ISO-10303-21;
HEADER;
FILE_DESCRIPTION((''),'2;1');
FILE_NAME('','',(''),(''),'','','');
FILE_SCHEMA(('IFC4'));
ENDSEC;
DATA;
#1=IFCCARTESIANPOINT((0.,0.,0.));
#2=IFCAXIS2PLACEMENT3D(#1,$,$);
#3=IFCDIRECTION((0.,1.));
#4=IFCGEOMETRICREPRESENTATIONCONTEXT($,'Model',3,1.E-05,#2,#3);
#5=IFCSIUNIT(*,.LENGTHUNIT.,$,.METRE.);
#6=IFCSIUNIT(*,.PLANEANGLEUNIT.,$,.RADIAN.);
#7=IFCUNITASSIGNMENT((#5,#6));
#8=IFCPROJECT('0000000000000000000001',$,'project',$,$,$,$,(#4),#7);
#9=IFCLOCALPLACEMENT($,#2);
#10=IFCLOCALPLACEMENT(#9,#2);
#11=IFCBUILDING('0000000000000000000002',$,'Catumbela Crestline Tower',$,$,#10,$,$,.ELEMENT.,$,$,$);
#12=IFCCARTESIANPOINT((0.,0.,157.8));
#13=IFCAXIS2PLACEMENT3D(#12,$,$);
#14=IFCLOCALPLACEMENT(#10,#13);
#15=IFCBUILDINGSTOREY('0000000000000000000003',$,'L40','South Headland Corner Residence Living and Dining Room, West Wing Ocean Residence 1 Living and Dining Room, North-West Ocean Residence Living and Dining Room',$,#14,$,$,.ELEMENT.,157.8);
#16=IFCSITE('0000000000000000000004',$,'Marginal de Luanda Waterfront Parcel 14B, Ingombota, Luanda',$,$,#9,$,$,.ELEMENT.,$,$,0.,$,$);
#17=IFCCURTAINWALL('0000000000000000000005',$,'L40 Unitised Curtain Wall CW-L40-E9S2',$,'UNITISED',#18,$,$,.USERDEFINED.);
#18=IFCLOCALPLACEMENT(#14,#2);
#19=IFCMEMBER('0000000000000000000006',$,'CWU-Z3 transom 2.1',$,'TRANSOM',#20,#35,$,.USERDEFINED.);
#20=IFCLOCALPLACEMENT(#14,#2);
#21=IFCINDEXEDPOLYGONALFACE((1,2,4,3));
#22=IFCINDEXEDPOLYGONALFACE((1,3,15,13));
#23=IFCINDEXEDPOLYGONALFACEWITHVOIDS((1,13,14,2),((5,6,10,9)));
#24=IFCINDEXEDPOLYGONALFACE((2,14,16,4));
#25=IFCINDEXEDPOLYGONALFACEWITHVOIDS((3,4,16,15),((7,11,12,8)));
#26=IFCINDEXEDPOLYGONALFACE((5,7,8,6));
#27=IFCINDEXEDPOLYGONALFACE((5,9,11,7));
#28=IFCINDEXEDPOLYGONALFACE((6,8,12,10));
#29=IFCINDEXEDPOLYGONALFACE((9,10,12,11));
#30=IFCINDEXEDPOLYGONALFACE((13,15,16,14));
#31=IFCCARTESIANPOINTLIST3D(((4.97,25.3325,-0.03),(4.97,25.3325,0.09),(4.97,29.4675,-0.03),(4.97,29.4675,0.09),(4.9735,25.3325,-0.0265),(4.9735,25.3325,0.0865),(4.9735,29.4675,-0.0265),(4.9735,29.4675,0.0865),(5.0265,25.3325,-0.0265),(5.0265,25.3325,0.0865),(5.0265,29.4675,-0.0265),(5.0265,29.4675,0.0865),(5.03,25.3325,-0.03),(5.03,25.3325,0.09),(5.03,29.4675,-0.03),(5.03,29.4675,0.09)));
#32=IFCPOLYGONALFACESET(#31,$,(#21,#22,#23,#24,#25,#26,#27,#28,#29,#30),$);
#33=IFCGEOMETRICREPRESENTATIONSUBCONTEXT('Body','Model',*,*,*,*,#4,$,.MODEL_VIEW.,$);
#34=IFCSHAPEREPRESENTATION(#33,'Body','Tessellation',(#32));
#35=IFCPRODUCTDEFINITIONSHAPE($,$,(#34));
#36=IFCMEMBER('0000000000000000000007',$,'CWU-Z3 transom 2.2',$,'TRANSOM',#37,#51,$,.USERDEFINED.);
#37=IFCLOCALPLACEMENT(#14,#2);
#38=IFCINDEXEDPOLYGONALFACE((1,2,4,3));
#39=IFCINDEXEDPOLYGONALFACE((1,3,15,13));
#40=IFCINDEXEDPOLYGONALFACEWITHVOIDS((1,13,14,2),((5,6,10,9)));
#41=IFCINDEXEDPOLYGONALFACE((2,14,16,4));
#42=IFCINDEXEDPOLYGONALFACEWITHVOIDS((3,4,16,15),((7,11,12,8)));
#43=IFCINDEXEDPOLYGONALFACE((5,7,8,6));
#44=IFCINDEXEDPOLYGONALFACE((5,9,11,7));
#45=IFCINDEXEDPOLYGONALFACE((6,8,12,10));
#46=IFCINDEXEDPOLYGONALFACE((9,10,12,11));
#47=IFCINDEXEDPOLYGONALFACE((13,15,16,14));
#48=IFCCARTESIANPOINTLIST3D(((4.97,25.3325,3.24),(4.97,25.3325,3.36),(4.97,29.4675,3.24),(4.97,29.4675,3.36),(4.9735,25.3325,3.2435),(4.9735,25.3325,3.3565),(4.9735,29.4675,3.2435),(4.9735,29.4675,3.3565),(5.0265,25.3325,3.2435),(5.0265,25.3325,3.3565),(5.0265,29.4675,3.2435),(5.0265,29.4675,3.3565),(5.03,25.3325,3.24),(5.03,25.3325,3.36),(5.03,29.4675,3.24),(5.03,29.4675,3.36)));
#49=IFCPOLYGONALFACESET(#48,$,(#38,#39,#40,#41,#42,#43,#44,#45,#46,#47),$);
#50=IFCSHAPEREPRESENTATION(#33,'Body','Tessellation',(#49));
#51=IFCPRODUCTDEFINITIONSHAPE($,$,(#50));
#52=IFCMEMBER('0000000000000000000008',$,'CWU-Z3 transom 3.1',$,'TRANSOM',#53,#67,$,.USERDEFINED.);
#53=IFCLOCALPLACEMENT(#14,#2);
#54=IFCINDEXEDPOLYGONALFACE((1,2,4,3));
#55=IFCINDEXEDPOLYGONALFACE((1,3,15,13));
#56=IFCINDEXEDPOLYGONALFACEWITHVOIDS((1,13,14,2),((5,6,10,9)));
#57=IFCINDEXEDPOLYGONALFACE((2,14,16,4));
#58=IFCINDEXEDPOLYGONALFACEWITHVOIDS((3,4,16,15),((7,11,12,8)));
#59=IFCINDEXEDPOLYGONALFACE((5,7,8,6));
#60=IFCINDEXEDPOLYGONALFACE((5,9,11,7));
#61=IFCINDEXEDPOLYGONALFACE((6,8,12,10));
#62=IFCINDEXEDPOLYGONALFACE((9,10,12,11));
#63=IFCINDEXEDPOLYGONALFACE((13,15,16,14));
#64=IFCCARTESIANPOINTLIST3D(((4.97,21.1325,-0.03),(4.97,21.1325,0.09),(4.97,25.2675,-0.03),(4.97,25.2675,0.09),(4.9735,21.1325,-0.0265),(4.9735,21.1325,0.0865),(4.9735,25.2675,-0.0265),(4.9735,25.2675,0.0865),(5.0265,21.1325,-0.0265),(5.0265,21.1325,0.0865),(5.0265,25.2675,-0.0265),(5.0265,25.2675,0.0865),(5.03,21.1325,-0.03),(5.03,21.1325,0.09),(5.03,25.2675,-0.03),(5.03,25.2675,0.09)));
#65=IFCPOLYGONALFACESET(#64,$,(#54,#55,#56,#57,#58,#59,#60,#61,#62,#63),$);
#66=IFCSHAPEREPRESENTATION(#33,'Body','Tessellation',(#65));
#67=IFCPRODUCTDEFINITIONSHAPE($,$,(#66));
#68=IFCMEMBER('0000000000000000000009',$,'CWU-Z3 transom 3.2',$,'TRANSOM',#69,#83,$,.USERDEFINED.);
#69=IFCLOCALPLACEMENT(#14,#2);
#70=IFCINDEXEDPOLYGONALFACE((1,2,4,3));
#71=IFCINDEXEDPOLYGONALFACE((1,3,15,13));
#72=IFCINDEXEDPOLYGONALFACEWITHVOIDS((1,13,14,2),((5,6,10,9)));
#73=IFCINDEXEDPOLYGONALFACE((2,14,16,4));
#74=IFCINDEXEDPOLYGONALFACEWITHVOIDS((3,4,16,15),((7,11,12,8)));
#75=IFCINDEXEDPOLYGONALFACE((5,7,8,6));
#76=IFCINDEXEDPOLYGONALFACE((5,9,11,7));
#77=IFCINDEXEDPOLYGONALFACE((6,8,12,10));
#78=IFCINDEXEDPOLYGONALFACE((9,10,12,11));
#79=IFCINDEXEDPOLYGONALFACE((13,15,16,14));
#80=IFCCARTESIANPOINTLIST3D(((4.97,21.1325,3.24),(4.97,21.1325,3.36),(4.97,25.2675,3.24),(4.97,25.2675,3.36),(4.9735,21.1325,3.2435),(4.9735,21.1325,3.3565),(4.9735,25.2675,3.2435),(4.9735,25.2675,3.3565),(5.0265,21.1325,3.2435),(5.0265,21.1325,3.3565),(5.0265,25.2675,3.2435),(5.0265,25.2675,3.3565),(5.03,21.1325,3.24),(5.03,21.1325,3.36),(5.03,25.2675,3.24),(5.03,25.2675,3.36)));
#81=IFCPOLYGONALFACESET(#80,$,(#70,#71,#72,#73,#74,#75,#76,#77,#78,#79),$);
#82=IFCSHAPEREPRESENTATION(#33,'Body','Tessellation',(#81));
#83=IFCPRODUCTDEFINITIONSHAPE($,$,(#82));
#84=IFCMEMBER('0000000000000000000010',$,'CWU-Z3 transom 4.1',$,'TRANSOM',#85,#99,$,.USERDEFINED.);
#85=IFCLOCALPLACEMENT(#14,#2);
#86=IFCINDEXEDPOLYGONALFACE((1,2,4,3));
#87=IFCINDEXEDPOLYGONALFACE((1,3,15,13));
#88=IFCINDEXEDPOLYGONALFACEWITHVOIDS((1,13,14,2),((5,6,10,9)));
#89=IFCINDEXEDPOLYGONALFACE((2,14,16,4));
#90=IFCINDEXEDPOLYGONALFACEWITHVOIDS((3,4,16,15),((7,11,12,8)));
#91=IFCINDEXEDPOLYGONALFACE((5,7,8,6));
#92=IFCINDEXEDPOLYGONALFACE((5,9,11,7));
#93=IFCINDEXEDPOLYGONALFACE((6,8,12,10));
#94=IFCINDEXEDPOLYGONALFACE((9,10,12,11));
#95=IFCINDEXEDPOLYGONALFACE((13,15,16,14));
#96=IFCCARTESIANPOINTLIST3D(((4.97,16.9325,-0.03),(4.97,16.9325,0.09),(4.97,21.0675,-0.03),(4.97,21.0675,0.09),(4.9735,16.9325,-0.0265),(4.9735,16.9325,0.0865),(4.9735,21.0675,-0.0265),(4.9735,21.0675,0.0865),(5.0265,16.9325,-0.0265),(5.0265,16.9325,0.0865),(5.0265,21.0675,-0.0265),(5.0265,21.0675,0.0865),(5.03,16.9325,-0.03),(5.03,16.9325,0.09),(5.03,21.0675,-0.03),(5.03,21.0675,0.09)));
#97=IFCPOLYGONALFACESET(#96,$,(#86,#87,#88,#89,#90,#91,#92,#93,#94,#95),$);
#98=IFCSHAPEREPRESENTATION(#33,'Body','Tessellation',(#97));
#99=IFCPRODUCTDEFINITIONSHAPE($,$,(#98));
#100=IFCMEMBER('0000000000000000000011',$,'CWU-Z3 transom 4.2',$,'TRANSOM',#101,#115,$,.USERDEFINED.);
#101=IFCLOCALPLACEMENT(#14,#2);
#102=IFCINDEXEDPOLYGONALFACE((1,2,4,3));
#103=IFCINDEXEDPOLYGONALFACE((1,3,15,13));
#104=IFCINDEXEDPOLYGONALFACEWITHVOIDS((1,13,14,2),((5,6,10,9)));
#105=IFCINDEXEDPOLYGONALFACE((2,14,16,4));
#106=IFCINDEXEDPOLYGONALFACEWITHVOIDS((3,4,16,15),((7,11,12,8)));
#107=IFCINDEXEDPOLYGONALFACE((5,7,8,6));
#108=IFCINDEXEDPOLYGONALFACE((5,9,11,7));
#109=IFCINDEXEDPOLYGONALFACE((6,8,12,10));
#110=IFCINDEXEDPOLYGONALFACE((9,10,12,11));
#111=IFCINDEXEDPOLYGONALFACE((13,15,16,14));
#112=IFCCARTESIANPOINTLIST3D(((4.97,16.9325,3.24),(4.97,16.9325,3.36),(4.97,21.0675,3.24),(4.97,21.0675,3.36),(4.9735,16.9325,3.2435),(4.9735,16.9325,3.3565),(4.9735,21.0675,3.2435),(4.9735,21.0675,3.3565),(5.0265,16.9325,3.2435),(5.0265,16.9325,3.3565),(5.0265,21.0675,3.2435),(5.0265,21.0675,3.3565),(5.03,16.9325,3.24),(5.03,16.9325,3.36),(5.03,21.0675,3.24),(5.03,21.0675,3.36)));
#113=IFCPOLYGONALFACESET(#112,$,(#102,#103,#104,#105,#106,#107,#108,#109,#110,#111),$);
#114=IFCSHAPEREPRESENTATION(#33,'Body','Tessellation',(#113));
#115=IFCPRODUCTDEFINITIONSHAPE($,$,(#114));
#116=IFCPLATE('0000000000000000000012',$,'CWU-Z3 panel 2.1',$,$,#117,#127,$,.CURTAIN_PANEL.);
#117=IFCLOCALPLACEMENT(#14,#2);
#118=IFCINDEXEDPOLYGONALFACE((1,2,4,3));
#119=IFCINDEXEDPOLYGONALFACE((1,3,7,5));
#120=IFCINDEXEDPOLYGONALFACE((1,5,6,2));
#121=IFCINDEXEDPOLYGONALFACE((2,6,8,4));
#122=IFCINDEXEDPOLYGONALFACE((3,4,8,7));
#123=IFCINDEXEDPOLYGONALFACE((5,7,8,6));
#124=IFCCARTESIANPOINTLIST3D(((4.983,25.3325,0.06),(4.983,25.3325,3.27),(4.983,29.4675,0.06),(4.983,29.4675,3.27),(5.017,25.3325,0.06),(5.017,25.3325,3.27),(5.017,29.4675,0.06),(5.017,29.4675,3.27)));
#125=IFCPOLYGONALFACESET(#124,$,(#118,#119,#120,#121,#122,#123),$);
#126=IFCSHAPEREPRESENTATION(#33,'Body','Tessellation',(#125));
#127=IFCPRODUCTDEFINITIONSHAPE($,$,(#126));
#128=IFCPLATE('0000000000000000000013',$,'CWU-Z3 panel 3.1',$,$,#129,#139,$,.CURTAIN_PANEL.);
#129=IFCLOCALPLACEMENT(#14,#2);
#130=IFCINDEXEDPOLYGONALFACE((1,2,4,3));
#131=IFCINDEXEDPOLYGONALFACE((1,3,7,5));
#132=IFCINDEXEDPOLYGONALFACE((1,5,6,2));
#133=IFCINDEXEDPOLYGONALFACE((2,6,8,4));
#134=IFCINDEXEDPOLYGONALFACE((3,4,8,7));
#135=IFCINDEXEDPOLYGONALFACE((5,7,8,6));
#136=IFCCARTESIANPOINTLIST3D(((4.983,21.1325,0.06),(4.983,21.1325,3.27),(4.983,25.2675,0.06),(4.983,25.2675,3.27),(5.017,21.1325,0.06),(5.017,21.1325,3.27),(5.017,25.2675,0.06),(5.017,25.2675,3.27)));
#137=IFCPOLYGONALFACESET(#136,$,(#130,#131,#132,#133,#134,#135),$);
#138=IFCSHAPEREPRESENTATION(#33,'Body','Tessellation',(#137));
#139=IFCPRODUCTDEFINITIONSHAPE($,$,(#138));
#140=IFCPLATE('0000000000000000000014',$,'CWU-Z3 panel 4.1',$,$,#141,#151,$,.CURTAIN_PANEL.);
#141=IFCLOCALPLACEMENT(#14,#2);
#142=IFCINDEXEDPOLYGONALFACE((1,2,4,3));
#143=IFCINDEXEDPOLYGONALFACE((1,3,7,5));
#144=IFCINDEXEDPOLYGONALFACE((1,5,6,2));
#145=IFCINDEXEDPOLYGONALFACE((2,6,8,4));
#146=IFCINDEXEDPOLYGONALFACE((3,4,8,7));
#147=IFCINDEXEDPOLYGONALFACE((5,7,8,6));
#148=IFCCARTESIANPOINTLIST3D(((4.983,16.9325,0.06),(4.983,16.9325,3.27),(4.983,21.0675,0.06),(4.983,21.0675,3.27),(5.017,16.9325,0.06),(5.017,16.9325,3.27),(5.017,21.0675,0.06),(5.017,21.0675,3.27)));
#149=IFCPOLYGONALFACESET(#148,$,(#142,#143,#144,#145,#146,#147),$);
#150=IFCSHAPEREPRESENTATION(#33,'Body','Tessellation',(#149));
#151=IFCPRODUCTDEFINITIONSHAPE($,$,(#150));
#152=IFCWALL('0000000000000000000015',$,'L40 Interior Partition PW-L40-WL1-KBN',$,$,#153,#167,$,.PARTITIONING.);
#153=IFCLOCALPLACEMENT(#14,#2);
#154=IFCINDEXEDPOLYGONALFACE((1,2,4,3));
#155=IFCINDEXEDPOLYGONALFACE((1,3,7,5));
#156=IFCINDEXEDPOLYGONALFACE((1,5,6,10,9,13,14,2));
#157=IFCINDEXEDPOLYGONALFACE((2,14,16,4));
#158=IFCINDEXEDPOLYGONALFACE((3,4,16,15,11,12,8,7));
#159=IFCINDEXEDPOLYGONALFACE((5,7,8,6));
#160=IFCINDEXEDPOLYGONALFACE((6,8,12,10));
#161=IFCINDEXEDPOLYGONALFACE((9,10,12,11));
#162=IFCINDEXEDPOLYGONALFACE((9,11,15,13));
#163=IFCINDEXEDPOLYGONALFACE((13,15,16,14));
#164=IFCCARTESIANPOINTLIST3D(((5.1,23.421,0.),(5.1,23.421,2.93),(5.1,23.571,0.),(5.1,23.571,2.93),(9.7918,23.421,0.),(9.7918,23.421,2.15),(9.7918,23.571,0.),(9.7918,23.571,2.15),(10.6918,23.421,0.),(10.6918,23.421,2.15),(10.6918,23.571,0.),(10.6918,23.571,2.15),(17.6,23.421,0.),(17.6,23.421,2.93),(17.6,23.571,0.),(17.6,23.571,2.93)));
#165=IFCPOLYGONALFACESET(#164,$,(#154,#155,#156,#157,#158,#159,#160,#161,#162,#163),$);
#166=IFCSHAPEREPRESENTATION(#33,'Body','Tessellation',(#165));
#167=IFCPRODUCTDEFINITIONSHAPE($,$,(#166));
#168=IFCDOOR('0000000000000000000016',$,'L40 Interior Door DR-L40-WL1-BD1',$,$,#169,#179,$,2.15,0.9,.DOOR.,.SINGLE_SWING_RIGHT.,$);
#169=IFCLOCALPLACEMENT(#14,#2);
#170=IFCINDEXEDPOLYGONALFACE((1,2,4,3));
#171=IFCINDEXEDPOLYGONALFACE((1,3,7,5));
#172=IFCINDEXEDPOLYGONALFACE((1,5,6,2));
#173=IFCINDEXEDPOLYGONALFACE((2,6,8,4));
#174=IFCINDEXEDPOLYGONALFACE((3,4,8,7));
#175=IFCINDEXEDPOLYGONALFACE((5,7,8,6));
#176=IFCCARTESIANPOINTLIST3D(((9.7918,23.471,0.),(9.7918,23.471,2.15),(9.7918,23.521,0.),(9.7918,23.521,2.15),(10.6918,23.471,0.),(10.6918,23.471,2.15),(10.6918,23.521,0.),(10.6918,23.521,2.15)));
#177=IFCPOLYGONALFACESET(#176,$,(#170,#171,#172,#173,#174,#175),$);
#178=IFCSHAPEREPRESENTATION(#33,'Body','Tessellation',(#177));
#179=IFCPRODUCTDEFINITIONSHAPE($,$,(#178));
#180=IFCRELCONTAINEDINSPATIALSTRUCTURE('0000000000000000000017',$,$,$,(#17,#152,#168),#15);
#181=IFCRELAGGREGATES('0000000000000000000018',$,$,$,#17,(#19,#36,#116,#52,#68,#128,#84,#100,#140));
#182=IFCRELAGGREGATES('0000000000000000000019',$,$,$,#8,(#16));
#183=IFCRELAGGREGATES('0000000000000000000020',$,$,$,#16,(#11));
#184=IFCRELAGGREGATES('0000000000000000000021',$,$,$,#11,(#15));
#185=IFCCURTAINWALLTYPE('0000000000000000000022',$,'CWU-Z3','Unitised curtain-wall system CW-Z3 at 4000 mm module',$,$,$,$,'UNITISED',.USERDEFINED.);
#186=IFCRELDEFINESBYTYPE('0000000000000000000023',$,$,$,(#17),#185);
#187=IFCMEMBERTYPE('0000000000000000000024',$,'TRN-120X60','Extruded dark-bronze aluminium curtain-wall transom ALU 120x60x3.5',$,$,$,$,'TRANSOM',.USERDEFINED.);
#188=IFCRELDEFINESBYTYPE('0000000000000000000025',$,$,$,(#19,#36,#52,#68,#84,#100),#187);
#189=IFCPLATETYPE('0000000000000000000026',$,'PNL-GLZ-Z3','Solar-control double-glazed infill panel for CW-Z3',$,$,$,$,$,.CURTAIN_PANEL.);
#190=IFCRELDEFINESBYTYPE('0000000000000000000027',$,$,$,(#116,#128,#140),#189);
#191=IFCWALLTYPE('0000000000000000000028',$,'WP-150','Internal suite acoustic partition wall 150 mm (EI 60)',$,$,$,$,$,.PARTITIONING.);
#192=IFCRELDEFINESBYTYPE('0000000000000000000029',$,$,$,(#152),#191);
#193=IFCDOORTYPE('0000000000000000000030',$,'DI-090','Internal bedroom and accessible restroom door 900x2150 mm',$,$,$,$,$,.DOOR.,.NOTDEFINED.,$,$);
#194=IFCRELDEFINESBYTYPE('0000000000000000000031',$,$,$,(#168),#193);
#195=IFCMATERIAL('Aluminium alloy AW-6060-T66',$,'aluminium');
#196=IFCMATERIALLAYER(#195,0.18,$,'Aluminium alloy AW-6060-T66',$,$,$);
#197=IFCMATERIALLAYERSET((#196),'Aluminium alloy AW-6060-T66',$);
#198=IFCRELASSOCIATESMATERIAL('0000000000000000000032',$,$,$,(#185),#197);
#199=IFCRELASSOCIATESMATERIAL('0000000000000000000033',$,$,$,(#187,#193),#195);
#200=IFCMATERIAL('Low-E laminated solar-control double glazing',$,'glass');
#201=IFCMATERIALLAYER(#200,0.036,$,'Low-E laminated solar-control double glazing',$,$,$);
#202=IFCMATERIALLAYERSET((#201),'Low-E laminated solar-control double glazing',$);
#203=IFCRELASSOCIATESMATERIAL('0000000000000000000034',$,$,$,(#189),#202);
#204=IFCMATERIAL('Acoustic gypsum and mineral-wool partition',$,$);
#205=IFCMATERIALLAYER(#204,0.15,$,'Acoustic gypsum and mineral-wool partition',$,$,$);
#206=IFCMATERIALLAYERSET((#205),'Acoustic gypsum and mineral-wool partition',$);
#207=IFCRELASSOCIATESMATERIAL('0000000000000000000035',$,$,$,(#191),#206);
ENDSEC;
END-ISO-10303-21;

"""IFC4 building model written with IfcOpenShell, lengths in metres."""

from ifc_helpers import new_model, si_unit, direction, frame, frame_2d, origin, origin_2d, place, context, subcontext, project, spatial, rectangle, hollow_rectangle, extrude, material, layer, layer_set, material_profile, profile_set, type_object, element, fill, aggregate, save


model = new_model("IFC4")

# Units and contexts
model_context = context("Model", 3, precision=1e-05, world=origin(), true_north=direction((0.0, 1.0)))
body_context = subcontext(model_context, "Body", "Model", "MODEL_VIEW")
ifc_project = project(units=[si_unit("LENGTHUNIT", "METRE"), si_unit("PLANEANGLEUNIT", "RADIAN")], contexts=[model_context])

# Site, building, storey
site_placement = place(None, origin())
site = spatial("IfcSite", under=ifc_project, at=site_placement, Name="Marginal de Luanda Waterfront Parcel 14B, Ingombota, Luanda", CompositionType="ELEMENT", RefElevation=0.0)
building_placement = place(site_placement, origin())
building = spatial("IfcBuilding", under=site, at=building_placement, Name="Catumbela Crestline Tower", CompositionType="ELEMENT")
storey_placement = place(building_placement, frame((0.0, 0.0, 157.8)))
storey = spatial("IfcBuildingStorey", under=building, at=storey_placement, Name="L40", Description="South Headland Corner Residence Living and Dining Room, West Wing Ocean Residence 1 Living and Dining Room, North-West Ocean Residence Living and Dining Room", CompositionType="ELEMENT", Elevation=157.8)

# Curtain wall
ifc_material_1 = material(Name="Aluminium alloy AW-6060-T66", Category="aluminium")
ifc_layer_1 = layer(ifc_material_1, 0.18, Name="Aluminium alloy AW-6060-T66")
ifc_layer_set_1 = layer_set([ifc_layer_1], Name="Aluminium alloy AW-6060-T66")
curtain_wall_type = type_object("IfcCurtainWallType", Name="CWU-Z3", Description="Unitised curtain-wall system CW-Z3 at 4000 mm module", ElementType="UNITISED", PredefinedType="USERDEFINED", material=ifc_layer_set_1)
curtain_wall_placement = place(storey_placement, origin())
curtain_wall = element("IfcCurtainWall", 1, at=curtain_wall_placement, inside=storey, type_object=curtain_wall_type, Name="L40 Unitised Curtain Wall CW-L40-E9S2", ObjectType="UNITISED", PredefinedType="USERDEFINED")

# Members
ifc_material_profile_1 = material_profile(ifc_material_1, hollow_rectangle(XDim=0.06, YDim=0.12, WallThickness=0.0035, at=origin_2d()), Name="ALU 120x60x3.5")
ifc_profile_set_1 = profile_set([ifc_material_profile_1], Name="Aluminium alloy AW-6060-T66")
member_type_1 = type_object("IfcMemberType", Name="TRN-120X60", Description="Extruded dark-bronze aluminium curtain-wall transom ALU 120x60x3.5", ElementType="TRANSOM", PredefinedType="USERDEFINED", material=ifc_profile_set_1)
member_1_placement = place(storey_placement, frame((5.0, 29.4675, 0.03), z_axis=(0.0, -1.0, 0.0), x_axis=(1.0, 0.0, 0.0)))
member_1 = element("IfcMember", 2, at=member_1_placement, type_object=member_type_1, Name="CWU-Z3 transom 2.1", ObjectType="TRANSOM", PredefinedType="USERDEFINED", context=body_context, shape_type="SweptSolid", body=[
    extrude(hollow_rectangle(XDim=0.06, YDim=0.12, WallThickness=0.0035, at=origin_2d()), origin(), (0.0, 0.0, 1.0), 4.135),
])
member_2_placement = place(storey_placement, frame((5.0, 29.4675, 3.3), z_axis=(0.0, -1.0, 0.0), x_axis=(1.0, 0.0, 0.0)))
member_2 = element("IfcMember", 3, at=member_2_placement, type_object=member_type_1, Name="CWU-Z3 transom 2.2", ObjectType="TRANSOM", PredefinedType="USERDEFINED", context=body_context, shape_type="SweptSolid", body=[
    extrude(hollow_rectangle(XDim=0.06, YDim=0.12, WallThickness=0.0035, at=origin_2d()), origin(), (0.0, 0.0, 1.0), 4.135),
])
member_3_placement = place(storey_placement, frame((5.0, 25.2675, 0.03), z_axis=(0.0, -1.0, 0.0), x_axis=(1.0, 0.0, 0.0)))
member_3 = element("IfcMember", 4, at=member_3_placement, type_object=member_type_1, Name="CWU-Z3 transom 3.1", ObjectType="TRANSOM", PredefinedType="USERDEFINED", context=body_context, shape_type="SweptSolid", body=[
    extrude(hollow_rectangle(XDim=0.06, YDim=0.12, WallThickness=0.0035, at=origin_2d()), origin(), (0.0, 0.0, 1.0), 4.135),
])
member_4_placement = place(storey_placement, frame((5.0, 25.2675, 3.3), z_axis=(0.0, -1.0, 0.0), x_axis=(1.0, 0.0, 0.0)))
member_4 = element("IfcMember", 5, at=member_4_placement, type_object=member_type_1, Name="CWU-Z3 transom 3.2", ObjectType="TRANSOM", PredefinedType="USERDEFINED", context=body_context, shape_type="SweptSolid", body=[
    extrude(hollow_rectangle(XDim=0.06, YDim=0.12, WallThickness=0.0035, at=origin_2d()), origin(), (0.0, 0.0, 1.0), 4.135),
])
member_5_placement = place(storey_placement, frame((5.0, 21.0675, 0.03), z_axis=(0.0, -1.0, 0.0), x_axis=(1.0, 0.0, 0.0)))
member_5 = element("IfcMember", 6, at=member_5_placement, type_object=member_type_1, Name="CWU-Z3 transom 4.1", ObjectType="TRANSOM", PredefinedType="USERDEFINED", context=body_context, shape_type="SweptSolid", body=[
    extrude(hollow_rectangle(XDim=0.06, YDim=0.12, WallThickness=0.0035, at=origin_2d()), origin(), (0.0, 0.0, 1.0), 4.135),
])
member_6_placement = place(storey_placement, frame((5.0, 21.0675, 3.3), z_axis=(0.0, -1.0, 0.0), x_axis=(1.0, 0.0, 0.0)))
member_6 = element("IfcMember", 7, at=member_6_placement, type_object=member_type_1, Name="CWU-Z3 transom 4.2", ObjectType="TRANSOM", PredefinedType="USERDEFINED", context=body_context, shape_type="SweptSolid", body=[
    extrude(hollow_rectangle(XDim=0.06, YDim=0.12, WallThickness=0.0035, at=origin_2d()), origin(), (0.0, 0.0, 1.0), 4.135),
])

# Plates
ifc_material_2 = material(Name="Low-E laminated solar-control double glazing", Category="glass")
ifc_layer_2 = layer(ifc_material_2, 0.036, Name="Low-E laminated solar-control double glazing")
ifc_layer_set_2 = layer_set([ifc_layer_2], Name="Low-E laminated solar-control double glazing")
plate_type = type_object("IfcPlateType", Name="PNL-GLZ-Z3", Description="Solar-control double-glazed infill panel for CW-Z3", PredefinedType="CURTAIN_PANEL", material=ifc_layer_set_2)
plate_1_placement = place(storey_placement, frame((5.0, 27.4, 0.06), z_axis=(0.0, 0.0, 1.0), x_axis=(0.0, -1.0, 0.0)))
plate_1 = element("IfcPlate", 8, at=plate_1_placement, type_object=plate_type, Name="CWU-Z3 panel 2.1", PredefinedType="CURTAIN_PANEL", context=body_context, shape_type="SweptSolid", body=[
    extrude(rectangle(XDim=4.135, YDim=0.034, at=origin_2d()), origin(), (0.0, 0.0, 1.0), 3.21),
])
plate_2_placement = place(storey_placement, frame((5.0, 23.2, 0.06), z_axis=(0.0, 0.0, 1.0), x_axis=(0.0, -1.0, 0.0)))
plate_2 = element("IfcPlate", 9, at=plate_2_placement, type_object=plate_type, Name="CWU-Z3 panel 3.1", PredefinedType="CURTAIN_PANEL", context=body_context, shape_type="SweptSolid", body=[
    extrude(rectangle(XDim=4.135, YDim=0.034, at=origin_2d()), origin(), (0.0, 0.0, 1.0), 3.21),
])
plate_3_placement = place(storey_placement, frame((5.0, 19.0, 0.06), z_axis=(0.0, 0.0, 1.0), x_axis=(0.0, -1.0, 0.0)))
plate_3 = element("IfcPlate", 10, at=plate_3_placement, type_object=plate_type, Name="CWU-Z3 panel 4.1", PredefinedType="CURTAIN_PANEL", context=body_context, shape_type="SweptSolid", body=[
    extrude(rectangle(XDim=4.135, YDim=0.034, at=origin_2d()), origin(), (0.0, 0.0, 1.0), 3.21),
])
aggregate(curtain_wall, [member_1, member_2, plate_1, member_3, member_4, plate_2, member_5, member_6, plate_3])

# Wall, opening, door
ifc_material_3 = material(Name="Acoustic gypsum and mineral-wool partition")
ifc_layer_3 = layer(ifc_material_3, 0.15, Name="Acoustic gypsum and mineral-wool partition")
ifc_layer_set_3 = layer_set([ifc_layer_3], Name="Acoustic gypsum and mineral-wool partition")
wall_type_1 = type_object("IfcWallType", Name="WP-150", Description="Internal suite acoustic partition wall 150 mm (EI 60)", PredefinedType="PARTITIONING", material=ifc_layer_set_3)
wall_1_placement = place(storey_placement, frame((5.1, 23.496, 0.0), z_axis=(0.0, 0.0, 1.0), x_axis=(1.0, 0.0, 0.0)))
wall_1 = element("IfcWall", 11, at=wall_1_placement, inside=storey, type_object=wall_type_1, Name="L40 Interior Partition PW-L40-WL1-KBN", PredefinedType="PARTITIONING", context=body_context, shape_type="SweptSolid", body=[
    extrude(rectangle(XDim=12.5, YDim=0.15, at=frame_2d((6.25, 0.0))), origin(), (0.0, 0.0, 1.0), 2.93),
])
opening_placement = place(wall_1_placement, frame((4.6918, 0.0, 0.0)))
opening = element("IfcOpeningElement", 12, at=opening_placement, cuts=wall_1, PredefinedType="OPENING", context=body_context, shape_type="SweptSolid", body=[
    extrude(rectangle(XDim=0.9, YDim=2.15, at=frame_2d((0.45, 1.075))), frame((0.0, 0.085, 0.0), z_axis=(0.0, -1.0, 0.0), x_axis=(1.0, 0.0, 0.0)), (0.0, 0.0, 1.0), 0.17),
])
door_type = type_object("IfcDoorType", Name="DI-090", Description="Internal bedroom and accessible restroom door 900x2150 mm", OperationType="NOTDEFINED", PredefinedType="DOOR", material=ifc_material_1)
door_placement = place(opening_placement, origin())
door = element("IfcDoor", 13, at=door_placement, inside=storey, type_object=door_type, Name="L40 Interior Door DR-L40-WL1-BD1", OperationType="SINGLE_SWING_RIGHT", OverallHeight=2.15, OverallWidth=0.9, PredefinedType="DOOR", context=body_context, shape_type="SweptSolid", body=[
    extrude(rectangle(XDim=0.9, YDim=2.15, at=frame_2d((0.45, 1.075))), frame((0.0, 0.025, 0.0), z_axis=(0.0, -1.0, 0.0), x_axis=(1.0, 0.0, 0.0)), (0.0, 0.0, 1.0), 0.05),
])
fill(opening, door)

save(model, "model.ifc")
